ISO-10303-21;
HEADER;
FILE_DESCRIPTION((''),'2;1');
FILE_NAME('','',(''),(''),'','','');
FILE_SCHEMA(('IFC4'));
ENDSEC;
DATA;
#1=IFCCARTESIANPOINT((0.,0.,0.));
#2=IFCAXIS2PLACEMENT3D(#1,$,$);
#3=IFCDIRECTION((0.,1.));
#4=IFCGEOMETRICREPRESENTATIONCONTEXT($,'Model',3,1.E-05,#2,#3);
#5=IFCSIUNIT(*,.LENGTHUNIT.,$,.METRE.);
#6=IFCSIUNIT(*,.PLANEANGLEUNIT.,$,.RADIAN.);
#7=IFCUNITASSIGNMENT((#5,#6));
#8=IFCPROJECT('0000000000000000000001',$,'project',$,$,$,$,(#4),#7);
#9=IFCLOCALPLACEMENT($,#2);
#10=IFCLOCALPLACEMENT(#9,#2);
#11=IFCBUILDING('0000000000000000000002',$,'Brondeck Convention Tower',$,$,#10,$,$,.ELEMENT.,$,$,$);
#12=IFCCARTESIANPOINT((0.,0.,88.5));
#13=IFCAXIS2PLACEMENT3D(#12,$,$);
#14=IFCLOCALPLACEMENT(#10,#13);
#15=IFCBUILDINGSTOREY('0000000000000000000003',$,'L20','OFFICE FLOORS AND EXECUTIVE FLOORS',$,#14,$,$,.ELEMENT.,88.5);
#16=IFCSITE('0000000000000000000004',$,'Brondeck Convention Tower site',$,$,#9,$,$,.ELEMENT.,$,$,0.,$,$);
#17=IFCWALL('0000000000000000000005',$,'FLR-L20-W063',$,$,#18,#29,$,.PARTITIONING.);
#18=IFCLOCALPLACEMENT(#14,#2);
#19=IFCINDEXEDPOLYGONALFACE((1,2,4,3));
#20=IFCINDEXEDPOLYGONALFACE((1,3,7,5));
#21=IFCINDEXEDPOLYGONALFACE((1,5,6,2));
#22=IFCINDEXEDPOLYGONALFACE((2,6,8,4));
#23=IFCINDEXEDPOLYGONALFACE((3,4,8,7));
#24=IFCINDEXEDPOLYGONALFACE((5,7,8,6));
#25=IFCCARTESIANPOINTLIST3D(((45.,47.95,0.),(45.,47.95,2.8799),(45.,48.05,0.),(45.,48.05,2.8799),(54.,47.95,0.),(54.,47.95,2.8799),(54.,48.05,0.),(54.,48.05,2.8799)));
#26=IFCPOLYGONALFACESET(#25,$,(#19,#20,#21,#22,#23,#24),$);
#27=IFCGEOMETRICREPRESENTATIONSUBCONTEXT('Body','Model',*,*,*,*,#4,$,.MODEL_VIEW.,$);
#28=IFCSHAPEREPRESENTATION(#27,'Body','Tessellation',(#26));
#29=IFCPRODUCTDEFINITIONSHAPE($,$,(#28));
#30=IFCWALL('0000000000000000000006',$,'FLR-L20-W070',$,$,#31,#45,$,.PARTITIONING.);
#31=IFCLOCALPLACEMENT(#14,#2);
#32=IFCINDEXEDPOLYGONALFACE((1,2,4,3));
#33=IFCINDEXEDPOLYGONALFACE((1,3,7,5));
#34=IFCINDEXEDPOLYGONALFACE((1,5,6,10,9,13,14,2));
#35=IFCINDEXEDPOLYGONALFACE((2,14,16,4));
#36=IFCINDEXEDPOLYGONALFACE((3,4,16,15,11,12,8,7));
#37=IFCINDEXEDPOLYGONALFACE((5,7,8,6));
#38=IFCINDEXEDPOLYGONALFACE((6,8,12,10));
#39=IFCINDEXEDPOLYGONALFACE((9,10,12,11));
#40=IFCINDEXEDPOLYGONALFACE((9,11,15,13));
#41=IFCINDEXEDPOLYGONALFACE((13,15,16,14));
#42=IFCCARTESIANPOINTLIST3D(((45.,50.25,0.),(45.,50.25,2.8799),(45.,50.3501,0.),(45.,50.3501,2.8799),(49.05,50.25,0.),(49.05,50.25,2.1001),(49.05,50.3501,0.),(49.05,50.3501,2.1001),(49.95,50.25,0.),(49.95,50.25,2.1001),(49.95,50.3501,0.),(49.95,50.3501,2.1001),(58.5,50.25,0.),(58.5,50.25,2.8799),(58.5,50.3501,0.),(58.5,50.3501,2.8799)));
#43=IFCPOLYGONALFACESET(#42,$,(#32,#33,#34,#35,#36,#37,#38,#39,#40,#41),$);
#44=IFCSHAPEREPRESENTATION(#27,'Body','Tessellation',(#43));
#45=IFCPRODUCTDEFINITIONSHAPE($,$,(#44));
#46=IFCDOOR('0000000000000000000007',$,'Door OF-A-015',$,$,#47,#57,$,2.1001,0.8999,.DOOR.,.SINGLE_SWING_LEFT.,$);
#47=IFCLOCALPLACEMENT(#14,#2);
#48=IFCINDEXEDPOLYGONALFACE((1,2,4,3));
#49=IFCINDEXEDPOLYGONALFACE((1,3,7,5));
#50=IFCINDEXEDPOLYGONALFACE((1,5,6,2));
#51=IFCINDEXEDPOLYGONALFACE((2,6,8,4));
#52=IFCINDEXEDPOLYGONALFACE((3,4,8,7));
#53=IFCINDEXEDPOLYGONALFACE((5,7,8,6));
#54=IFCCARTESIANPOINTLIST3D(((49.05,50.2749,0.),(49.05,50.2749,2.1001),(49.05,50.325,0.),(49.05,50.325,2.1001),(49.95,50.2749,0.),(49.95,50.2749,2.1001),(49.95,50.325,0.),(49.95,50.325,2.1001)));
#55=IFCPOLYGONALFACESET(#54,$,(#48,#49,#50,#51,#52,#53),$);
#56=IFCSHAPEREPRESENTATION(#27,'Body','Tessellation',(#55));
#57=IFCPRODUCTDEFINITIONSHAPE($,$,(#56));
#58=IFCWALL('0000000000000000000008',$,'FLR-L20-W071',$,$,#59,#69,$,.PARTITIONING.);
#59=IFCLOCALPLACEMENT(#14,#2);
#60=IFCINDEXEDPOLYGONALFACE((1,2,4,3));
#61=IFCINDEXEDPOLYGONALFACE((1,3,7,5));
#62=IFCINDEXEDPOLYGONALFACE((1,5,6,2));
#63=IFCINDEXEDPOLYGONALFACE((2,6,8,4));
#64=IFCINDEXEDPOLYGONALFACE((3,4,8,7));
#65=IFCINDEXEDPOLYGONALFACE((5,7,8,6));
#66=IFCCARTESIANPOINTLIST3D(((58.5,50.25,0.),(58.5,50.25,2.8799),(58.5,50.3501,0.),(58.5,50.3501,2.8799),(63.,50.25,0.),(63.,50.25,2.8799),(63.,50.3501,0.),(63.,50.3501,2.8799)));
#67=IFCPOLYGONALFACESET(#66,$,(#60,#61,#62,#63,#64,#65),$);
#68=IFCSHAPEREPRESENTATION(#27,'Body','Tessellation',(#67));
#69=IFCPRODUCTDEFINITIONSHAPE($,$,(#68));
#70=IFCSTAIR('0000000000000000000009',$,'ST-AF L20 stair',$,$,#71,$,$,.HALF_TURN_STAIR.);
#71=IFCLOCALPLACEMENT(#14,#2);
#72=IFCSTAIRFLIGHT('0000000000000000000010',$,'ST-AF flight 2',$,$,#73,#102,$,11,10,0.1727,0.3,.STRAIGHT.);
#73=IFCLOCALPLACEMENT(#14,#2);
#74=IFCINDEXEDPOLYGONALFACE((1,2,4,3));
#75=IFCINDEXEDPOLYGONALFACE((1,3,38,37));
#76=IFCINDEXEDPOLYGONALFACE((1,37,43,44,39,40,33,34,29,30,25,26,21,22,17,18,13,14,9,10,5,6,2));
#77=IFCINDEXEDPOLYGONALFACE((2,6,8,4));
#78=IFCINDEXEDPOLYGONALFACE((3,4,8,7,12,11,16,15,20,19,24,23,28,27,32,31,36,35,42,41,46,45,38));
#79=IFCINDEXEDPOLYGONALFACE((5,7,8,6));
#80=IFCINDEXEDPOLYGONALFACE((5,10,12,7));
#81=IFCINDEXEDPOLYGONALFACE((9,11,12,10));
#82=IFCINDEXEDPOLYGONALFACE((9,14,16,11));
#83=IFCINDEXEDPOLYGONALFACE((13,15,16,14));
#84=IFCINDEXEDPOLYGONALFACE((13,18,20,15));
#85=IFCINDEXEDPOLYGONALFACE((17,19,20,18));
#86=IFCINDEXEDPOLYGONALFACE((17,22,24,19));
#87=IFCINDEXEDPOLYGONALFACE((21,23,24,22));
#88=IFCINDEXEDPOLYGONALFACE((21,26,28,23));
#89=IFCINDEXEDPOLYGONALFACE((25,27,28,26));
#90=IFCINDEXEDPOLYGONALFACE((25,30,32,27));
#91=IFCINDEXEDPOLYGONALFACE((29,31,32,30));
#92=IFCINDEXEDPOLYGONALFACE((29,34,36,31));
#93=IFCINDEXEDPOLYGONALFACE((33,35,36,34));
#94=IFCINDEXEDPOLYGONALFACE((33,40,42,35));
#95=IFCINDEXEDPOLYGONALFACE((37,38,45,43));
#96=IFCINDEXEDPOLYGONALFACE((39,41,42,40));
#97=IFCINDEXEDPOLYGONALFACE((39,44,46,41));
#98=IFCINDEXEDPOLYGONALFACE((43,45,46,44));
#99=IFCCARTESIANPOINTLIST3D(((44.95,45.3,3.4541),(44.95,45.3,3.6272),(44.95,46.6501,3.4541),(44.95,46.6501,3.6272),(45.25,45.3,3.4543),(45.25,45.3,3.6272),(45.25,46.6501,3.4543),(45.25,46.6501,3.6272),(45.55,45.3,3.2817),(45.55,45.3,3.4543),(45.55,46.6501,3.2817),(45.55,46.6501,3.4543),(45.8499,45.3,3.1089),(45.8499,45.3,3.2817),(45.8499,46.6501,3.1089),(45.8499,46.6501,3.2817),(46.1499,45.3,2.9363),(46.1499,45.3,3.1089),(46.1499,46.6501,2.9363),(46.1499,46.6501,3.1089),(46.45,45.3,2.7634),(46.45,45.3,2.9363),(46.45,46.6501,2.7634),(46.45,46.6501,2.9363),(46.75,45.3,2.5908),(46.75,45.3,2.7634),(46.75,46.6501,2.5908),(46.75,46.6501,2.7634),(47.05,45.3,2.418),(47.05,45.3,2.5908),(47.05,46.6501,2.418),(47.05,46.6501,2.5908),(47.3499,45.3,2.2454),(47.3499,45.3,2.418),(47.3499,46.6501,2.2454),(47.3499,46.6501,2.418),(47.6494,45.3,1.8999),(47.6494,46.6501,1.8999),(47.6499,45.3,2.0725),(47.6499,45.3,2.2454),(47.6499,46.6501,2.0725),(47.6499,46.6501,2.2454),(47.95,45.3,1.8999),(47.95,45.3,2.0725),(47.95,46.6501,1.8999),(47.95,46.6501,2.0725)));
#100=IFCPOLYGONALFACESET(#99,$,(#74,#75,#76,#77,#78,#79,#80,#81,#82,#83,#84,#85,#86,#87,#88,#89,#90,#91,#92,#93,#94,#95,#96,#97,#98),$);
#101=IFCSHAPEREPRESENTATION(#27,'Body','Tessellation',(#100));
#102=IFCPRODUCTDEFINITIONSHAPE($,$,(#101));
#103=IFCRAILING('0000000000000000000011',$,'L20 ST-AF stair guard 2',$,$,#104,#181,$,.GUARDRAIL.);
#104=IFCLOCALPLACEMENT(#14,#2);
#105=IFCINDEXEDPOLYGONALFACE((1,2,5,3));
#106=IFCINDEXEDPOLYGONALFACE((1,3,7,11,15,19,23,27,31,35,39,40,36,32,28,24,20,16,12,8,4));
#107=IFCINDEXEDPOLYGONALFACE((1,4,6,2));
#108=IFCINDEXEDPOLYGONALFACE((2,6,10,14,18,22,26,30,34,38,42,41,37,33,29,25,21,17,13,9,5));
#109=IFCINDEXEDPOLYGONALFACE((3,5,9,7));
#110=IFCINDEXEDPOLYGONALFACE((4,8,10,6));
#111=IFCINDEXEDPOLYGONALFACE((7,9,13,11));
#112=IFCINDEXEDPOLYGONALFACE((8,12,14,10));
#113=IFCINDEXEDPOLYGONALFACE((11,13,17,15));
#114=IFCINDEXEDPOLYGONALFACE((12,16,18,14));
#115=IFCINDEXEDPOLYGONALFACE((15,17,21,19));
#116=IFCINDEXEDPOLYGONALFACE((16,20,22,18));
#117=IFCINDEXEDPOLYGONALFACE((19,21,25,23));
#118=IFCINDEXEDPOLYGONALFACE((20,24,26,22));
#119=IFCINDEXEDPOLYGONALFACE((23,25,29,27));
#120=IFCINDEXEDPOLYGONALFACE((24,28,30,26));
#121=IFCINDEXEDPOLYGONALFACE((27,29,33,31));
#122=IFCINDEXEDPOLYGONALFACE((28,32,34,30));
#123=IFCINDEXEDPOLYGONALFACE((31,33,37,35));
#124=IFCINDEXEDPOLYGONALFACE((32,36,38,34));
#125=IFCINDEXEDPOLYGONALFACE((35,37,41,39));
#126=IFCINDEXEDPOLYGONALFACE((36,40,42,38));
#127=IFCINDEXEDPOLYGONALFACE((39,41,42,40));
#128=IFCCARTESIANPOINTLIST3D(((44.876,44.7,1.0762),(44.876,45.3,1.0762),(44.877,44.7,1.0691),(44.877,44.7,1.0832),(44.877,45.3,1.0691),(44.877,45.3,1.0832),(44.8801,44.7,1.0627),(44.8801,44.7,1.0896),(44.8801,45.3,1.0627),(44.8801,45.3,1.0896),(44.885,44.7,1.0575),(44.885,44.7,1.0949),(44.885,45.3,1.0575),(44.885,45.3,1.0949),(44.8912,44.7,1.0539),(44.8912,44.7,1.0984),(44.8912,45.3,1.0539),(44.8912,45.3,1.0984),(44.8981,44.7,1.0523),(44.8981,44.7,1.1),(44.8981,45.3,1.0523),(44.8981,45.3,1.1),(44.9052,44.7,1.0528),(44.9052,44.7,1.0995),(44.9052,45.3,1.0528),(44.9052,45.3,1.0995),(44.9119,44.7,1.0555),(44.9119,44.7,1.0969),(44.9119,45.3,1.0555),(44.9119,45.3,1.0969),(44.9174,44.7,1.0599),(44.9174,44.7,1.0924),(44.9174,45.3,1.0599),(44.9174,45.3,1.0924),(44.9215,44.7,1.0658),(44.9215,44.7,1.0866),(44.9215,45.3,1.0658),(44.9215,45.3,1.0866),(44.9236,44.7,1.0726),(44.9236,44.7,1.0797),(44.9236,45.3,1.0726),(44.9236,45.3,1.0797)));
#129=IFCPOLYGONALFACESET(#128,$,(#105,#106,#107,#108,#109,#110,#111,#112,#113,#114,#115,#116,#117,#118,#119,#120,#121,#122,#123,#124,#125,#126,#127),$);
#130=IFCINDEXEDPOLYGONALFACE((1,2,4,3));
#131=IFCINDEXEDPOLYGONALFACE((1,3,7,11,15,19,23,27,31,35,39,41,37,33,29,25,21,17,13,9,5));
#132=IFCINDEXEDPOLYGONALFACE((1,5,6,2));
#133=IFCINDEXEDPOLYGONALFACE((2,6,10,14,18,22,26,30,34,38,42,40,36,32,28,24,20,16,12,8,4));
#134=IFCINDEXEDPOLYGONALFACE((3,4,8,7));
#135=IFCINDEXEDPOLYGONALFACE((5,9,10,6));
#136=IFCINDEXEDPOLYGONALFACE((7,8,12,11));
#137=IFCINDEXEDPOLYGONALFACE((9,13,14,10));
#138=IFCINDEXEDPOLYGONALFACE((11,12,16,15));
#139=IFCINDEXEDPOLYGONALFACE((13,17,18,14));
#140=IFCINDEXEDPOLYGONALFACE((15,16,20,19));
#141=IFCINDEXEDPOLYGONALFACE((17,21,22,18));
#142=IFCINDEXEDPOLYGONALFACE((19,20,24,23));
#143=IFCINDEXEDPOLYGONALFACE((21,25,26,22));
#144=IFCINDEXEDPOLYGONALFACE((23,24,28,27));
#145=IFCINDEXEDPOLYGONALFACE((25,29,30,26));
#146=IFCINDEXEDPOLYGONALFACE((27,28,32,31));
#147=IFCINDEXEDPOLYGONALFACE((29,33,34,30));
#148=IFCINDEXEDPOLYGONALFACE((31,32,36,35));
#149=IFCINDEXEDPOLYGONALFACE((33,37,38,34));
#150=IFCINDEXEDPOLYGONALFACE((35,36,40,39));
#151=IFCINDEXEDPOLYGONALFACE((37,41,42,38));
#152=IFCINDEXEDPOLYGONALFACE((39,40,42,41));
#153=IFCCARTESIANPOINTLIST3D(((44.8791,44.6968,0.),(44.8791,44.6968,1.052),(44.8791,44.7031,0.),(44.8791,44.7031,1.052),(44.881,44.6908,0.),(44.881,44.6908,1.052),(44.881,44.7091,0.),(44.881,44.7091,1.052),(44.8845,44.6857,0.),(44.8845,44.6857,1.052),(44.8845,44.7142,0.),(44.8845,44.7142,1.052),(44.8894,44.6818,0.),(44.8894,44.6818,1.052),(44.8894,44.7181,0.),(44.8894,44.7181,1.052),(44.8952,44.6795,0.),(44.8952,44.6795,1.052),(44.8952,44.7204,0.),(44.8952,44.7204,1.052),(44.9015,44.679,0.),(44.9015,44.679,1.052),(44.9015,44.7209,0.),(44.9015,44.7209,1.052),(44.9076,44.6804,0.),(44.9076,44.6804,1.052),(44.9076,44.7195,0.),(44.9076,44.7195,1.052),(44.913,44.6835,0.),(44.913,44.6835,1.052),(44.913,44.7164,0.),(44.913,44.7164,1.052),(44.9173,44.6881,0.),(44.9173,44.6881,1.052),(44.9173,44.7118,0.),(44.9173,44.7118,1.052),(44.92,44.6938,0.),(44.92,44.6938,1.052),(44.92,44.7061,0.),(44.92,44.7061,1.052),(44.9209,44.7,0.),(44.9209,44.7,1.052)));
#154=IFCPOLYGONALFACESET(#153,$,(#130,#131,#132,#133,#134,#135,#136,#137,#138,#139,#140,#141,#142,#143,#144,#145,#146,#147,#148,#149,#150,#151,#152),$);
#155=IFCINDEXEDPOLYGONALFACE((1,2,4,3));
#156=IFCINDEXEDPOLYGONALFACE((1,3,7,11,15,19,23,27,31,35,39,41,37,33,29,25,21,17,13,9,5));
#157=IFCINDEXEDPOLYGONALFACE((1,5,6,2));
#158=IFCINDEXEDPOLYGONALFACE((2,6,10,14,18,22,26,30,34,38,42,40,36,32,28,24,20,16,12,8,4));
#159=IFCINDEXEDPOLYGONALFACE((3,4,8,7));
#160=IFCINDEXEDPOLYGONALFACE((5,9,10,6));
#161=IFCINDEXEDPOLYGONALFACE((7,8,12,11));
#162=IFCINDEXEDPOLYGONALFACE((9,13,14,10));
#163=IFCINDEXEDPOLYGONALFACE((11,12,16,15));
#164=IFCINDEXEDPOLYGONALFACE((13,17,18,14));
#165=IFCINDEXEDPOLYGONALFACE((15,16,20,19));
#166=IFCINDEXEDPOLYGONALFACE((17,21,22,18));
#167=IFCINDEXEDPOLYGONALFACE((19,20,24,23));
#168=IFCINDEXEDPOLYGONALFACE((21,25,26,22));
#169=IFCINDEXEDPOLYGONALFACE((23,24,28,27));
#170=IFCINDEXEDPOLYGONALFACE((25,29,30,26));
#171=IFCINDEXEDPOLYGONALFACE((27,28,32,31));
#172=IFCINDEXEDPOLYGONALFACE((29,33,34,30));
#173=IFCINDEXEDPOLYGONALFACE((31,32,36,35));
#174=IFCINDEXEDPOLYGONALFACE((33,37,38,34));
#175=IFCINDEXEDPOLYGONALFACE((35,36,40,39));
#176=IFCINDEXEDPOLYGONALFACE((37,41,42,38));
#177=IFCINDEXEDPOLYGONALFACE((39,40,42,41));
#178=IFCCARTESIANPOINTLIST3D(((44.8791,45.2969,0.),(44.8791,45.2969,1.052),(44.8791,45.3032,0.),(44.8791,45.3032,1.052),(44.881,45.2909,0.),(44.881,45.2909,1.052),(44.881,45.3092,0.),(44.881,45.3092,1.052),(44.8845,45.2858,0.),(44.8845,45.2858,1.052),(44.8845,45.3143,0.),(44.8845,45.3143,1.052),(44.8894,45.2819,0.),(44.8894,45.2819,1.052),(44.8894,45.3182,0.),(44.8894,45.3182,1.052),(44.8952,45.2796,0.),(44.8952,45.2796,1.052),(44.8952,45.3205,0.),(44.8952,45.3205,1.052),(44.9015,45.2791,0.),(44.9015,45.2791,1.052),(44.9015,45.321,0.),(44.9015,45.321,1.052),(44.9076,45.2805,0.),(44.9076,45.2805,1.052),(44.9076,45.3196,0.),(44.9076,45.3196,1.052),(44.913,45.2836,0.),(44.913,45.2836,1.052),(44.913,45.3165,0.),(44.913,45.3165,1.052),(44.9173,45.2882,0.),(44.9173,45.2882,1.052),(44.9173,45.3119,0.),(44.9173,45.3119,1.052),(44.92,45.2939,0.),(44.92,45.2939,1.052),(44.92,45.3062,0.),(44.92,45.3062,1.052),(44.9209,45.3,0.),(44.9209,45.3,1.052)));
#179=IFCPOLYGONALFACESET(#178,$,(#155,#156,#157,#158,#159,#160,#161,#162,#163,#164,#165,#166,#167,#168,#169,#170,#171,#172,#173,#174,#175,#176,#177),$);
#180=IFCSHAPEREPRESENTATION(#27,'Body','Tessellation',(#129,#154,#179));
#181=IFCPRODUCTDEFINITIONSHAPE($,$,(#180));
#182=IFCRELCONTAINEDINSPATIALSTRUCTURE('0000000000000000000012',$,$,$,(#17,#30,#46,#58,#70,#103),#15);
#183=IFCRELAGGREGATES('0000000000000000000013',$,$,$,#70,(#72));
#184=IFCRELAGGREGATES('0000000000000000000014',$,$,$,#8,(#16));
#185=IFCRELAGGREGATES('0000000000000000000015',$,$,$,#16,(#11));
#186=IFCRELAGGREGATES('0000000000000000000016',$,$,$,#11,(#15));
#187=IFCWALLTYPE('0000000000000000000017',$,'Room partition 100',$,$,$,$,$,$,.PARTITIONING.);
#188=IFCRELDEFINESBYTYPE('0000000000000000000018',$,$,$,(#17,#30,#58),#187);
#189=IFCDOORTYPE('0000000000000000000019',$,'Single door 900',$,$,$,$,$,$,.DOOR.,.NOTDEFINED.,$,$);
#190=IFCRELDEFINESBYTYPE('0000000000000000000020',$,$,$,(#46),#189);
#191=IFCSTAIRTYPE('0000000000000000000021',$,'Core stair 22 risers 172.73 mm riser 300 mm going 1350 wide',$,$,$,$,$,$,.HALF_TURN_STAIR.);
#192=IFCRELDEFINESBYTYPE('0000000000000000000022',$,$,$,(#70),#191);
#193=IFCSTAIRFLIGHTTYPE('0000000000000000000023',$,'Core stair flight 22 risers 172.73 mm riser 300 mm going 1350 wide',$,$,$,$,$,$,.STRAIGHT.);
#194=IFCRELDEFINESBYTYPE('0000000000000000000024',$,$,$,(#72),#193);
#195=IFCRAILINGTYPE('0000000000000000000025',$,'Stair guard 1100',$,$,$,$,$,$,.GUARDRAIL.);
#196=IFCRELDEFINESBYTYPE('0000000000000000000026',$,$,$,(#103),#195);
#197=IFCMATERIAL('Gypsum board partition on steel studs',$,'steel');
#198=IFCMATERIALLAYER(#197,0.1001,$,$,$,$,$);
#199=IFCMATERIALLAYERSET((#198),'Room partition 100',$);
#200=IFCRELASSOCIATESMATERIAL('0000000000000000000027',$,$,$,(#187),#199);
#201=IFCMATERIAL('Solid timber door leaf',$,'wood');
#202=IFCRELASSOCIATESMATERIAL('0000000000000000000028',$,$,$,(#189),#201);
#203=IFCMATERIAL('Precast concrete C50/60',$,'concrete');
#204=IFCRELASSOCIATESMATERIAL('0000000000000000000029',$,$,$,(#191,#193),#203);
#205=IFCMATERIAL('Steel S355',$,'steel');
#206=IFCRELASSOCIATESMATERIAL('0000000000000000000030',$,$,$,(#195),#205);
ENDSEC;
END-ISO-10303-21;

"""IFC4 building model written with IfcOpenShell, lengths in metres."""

from ifc_helpers import new_model, si_unit, direction, frame, frame_2d, origin, origin_2d, place, context, subcontext, project, spatial, polyline, rectangle, circle, outline, extrude, material, layer, layer_set, type_object, element, fill, aggregate, save


model = new_model("IFC4")

# Units and contexts
model_context = context("Model", 3, precision=1e-05, world=origin(), true_north=direction((0.0, 1.0)))
body_context = subcontext(model_context, "Body", "Model", "MODEL_VIEW")
ifc_project = project(units=[si_unit("LENGTHUNIT", "METRE"), si_unit("PLANEANGLEUNIT", "RADIAN")], contexts=[model_context])

# Site, building, storey
site_placement = place(None, origin())
site = spatial("IfcSite", under=ifc_project, at=site_placement, Name="Brondeck Convention Tower site", CompositionType="ELEMENT", RefElevation=0.0)
building_placement = place(site_placement, origin())
building = spatial("IfcBuilding", under=site, at=building_placement, Name="Brondeck Convention Tower", CompositionType="ELEMENT")
storey_placement = place(building_placement, frame((0.0, 0.0, 88.5)))
storey = spatial("IfcBuildingStorey", under=building, at=storey_placement, Name="L20", Description="OFFICE FLOORS AND EXECUTIVE FLOORS", CompositionType="ELEMENT", Elevation=88.5)

# Shared definitions
ifc_material_1 = material(Name="Steel S355", Category="steel")

# Shared definitions
ifc_material_2 = material(Name="Gypsum board partition on steel studs", Category="steel")
ifc_layer_1 = layer(ifc_material_2, 0.1001)
ifc_layer_set_1 = layer_set([ifc_layer_1], Name="Room partition 100")
wall_type_1 = type_object("IfcWallType", Name="Room partition 100", PredefinedType="PARTITIONING", material=ifc_layer_set_1)

# Wall
wall_1_placement = place(storey_placement, frame((54.0, 48.0, 0.0), z_axis=(0.0, 0.0, 1.0), x_axis=(-1.0, 0.0, 0.0)))
element("IfcWall", 1, at=wall_1_placement, inside=storey, type_object=wall_type_1, Name="FLR-L20-W063", PredefinedType="PARTITIONING", context=body_context, shape_type="SweptSolid", body=[
    extrude(rectangle(XDim=9.0, YDim=0.1001, at=frame_2d((4.5, 0.0))), origin(), (0.0, 0.0, 1.0), 2.8799),
])

# Wall, opening, door
wall_2_placement = place(storey_placement, frame((45.0, 50.3, 0.0), z_axis=(0.0, 0.0, 1.0), x_axis=(1.0, 0.0, 0.0)))
wall_2 = element("IfcWall", 2, at=wall_2_placement, inside=storey, type_object=wall_type_1, Name="FLR-L20-W070", PredefinedType="PARTITIONING", context=body_context, shape_type="SweptSolid", body=[
    extrude(rectangle(XDim=13.5, YDim=0.1001, at=frame_2d((6.75, 0.0))), origin(), (0.0, 0.0, 1.0), 2.8799),
])
opening_1_placement = place(wall_2_placement, frame((4.05, 0.0, 0.0)))
opening_1 = element("IfcOpeningElement", 3, at=opening_1_placement, cuts=wall_2, PredefinedType="OPENING", context=body_context, shape_type="SweptSolid", body=[
    extrude(rectangle(XDim=0.8999, YDim=2.1001, at=frame_2d((0.45, 1.05))), frame((0.0, 0.0601, 0.0), z_axis=(0.0, -1.0, 0.0), x_axis=(1.0, 0.0, 0.0)), (0.0, 0.0, 1.0), 0.1201),
])
ifc_material_3 = material(Name="Solid timber door leaf", Category="wood")
door_type_1 = type_object("IfcDoorType", Name="Single door 900", OperationType="NOTDEFINED", PredefinedType="DOOR", material=ifc_material_3)
door_1_placement = place(opening_1_placement, origin())
door_1 = element("IfcDoor", 4, at=door_1_placement, inside=storey, type_object=door_type_1, Name="Door OF-A-015", OperationType="SINGLE_SWING_LEFT", OverallHeight=2.1001, OverallWidth=0.8999, PredefinedType="DOOR", context=body_context, shape_type="SweptSolid", body=[
    extrude(rectangle(XDim=0.8999, YDim=2.1001, at=frame_2d((0.45, 1.05))), frame((0.0, 0.0249, 0.0), z_axis=(0.0, -1.0, 0.0), x_axis=(1.0, 0.0, 0.0)), (0.0, 0.0, 1.0), 0.05),
])
fill(opening_1, door_1)

# Wall
wall_3_placement = place(storey_placement, frame((58.5, 50.3, 0.0), z_axis=(0.0, 0.0, 1.0), x_axis=(1.0, 0.0, 0.0)))
element("IfcWall", 5, at=wall_3_placement, inside=storey, type_object=wall_type_1, Name="FLR-L20-W071", PredefinedType="PARTITIONING", context=body_context, shape_type="SweptSolid", body=[
    extrude(rectangle(XDim=4.5, YDim=0.1001, at=frame_2d((2.25, 0.0))), origin(), (0.0, 0.0, 1.0), 2.8799),
])

# Stair, stair flight
ifc_material_4 = material(Name="Precast concrete C50/60", Category="concrete")
stair_type = type_object("IfcStairType", Name="Core stair 22 risers 172.73 mm riser 300 mm going 1350 wide", PredefinedType="HALF_TURN_STAIR", material=ifc_material_4)
stair_placement = place(storey_placement, origin())
stair = element("IfcStair", 6, at=stair_placement, inside=storey, type_object=stair_type, Name="ST-AF L20 stair", PredefinedType="HALF_TURN_STAIR")
stair_flight_type = type_object("IfcStairFlightType", Name="Core stair flight 22 risers 172.73 mm riser 300 mm going 1350 wide", PredefinedType="STRAIGHT", material=ifc_material_4)
stair_flight_placement = place(storey_placement, frame((47.95, 45.9751, 1.8999), z_axis=(0.0, 0.0, 1.0), x_axis=(-1.0, 0.0, 0.0)))
stair_flight = element("IfcStairFlight", 7, at=stair_flight_placement, type_object=stair_flight_type, Name="ST-AF flight 2", NumberOfRisers=11, NumberOfTreads=10, PredefinedType="STRAIGHT", RiserHeight=0.1727, TreadLength=0.3, context=body_context, shape_type="SweptSolid", body=[
    extrude(outline(polyline([(0.0, 0.0), (0.0, 0.1726), (0.3, 0.1726), (0.3, 0.3455), (0.6001, 0.3455), (0.6001, 0.5181), (0.8999, 0.5181), (0.8999, 0.6909), (1.2, 0.6909), (1.2, 0.8635), (1.5, 0.8635), (1.5, 1.0364), (1.8, 1.0364), (1.8, 1.209), (2.1001, 1.209), (2.1001, 1.3818), (2.3999, 1.3818), (2.3999, 1.5544), (2.7, 1.5544), (2.7, 1.7273), (3.0, 1.7273), (3.0, 1.8999), (3.0, 1.5542), (0.3005, 0.0), (0.0, 0.0)])), frame((0.0, 0.675, 0.0), z_axis=(0.0, -1.0, 0.0), x_axis=(1.0, 0.0, 0.0)), (0.0, 0.0, 1.0), 1.3501),
])
aggregate(stair, [stair_flight])

# Railing
railing_type_1 = type_object("IfcRailingType", Name="Stair guard 1100", PredefinedType="GUARDRAIL", material=ifc_material_1)
railing_1_placement = place(storey_placement, frame((44.8999, 44.7, 0.0)))
element("IfcRailing", 8, at=railing_1_placement, inside=storey, type_object=railing_type_1, Name="L20 ST-AF stair guard 2", PredefinedType="GUARDRAIL", context=body_context, shape_type="SweptSolid", body=[
    extrude(circle(Radius=0.0239, at=origin_2d()), frame((0.0, 0.0, 1.0762), z_axis=(0.0, 1.0, 0.0), x_axis=(-1.0, 0.0, 0.0)), (0.0, 0.0, 1.0), 0.6001),
    extrude(circle(Radius=0.021, at=origin_2d()), origin(), (0.0, 0.0, 1.0), 1.052),
    extrude(circle(Radius=0.021, at=origin_2d()), frame((0.0, 0.6001, 0.0)), (0.0, 0.0, 1.0), 1.052),
])

save(model, "model.ifc")
